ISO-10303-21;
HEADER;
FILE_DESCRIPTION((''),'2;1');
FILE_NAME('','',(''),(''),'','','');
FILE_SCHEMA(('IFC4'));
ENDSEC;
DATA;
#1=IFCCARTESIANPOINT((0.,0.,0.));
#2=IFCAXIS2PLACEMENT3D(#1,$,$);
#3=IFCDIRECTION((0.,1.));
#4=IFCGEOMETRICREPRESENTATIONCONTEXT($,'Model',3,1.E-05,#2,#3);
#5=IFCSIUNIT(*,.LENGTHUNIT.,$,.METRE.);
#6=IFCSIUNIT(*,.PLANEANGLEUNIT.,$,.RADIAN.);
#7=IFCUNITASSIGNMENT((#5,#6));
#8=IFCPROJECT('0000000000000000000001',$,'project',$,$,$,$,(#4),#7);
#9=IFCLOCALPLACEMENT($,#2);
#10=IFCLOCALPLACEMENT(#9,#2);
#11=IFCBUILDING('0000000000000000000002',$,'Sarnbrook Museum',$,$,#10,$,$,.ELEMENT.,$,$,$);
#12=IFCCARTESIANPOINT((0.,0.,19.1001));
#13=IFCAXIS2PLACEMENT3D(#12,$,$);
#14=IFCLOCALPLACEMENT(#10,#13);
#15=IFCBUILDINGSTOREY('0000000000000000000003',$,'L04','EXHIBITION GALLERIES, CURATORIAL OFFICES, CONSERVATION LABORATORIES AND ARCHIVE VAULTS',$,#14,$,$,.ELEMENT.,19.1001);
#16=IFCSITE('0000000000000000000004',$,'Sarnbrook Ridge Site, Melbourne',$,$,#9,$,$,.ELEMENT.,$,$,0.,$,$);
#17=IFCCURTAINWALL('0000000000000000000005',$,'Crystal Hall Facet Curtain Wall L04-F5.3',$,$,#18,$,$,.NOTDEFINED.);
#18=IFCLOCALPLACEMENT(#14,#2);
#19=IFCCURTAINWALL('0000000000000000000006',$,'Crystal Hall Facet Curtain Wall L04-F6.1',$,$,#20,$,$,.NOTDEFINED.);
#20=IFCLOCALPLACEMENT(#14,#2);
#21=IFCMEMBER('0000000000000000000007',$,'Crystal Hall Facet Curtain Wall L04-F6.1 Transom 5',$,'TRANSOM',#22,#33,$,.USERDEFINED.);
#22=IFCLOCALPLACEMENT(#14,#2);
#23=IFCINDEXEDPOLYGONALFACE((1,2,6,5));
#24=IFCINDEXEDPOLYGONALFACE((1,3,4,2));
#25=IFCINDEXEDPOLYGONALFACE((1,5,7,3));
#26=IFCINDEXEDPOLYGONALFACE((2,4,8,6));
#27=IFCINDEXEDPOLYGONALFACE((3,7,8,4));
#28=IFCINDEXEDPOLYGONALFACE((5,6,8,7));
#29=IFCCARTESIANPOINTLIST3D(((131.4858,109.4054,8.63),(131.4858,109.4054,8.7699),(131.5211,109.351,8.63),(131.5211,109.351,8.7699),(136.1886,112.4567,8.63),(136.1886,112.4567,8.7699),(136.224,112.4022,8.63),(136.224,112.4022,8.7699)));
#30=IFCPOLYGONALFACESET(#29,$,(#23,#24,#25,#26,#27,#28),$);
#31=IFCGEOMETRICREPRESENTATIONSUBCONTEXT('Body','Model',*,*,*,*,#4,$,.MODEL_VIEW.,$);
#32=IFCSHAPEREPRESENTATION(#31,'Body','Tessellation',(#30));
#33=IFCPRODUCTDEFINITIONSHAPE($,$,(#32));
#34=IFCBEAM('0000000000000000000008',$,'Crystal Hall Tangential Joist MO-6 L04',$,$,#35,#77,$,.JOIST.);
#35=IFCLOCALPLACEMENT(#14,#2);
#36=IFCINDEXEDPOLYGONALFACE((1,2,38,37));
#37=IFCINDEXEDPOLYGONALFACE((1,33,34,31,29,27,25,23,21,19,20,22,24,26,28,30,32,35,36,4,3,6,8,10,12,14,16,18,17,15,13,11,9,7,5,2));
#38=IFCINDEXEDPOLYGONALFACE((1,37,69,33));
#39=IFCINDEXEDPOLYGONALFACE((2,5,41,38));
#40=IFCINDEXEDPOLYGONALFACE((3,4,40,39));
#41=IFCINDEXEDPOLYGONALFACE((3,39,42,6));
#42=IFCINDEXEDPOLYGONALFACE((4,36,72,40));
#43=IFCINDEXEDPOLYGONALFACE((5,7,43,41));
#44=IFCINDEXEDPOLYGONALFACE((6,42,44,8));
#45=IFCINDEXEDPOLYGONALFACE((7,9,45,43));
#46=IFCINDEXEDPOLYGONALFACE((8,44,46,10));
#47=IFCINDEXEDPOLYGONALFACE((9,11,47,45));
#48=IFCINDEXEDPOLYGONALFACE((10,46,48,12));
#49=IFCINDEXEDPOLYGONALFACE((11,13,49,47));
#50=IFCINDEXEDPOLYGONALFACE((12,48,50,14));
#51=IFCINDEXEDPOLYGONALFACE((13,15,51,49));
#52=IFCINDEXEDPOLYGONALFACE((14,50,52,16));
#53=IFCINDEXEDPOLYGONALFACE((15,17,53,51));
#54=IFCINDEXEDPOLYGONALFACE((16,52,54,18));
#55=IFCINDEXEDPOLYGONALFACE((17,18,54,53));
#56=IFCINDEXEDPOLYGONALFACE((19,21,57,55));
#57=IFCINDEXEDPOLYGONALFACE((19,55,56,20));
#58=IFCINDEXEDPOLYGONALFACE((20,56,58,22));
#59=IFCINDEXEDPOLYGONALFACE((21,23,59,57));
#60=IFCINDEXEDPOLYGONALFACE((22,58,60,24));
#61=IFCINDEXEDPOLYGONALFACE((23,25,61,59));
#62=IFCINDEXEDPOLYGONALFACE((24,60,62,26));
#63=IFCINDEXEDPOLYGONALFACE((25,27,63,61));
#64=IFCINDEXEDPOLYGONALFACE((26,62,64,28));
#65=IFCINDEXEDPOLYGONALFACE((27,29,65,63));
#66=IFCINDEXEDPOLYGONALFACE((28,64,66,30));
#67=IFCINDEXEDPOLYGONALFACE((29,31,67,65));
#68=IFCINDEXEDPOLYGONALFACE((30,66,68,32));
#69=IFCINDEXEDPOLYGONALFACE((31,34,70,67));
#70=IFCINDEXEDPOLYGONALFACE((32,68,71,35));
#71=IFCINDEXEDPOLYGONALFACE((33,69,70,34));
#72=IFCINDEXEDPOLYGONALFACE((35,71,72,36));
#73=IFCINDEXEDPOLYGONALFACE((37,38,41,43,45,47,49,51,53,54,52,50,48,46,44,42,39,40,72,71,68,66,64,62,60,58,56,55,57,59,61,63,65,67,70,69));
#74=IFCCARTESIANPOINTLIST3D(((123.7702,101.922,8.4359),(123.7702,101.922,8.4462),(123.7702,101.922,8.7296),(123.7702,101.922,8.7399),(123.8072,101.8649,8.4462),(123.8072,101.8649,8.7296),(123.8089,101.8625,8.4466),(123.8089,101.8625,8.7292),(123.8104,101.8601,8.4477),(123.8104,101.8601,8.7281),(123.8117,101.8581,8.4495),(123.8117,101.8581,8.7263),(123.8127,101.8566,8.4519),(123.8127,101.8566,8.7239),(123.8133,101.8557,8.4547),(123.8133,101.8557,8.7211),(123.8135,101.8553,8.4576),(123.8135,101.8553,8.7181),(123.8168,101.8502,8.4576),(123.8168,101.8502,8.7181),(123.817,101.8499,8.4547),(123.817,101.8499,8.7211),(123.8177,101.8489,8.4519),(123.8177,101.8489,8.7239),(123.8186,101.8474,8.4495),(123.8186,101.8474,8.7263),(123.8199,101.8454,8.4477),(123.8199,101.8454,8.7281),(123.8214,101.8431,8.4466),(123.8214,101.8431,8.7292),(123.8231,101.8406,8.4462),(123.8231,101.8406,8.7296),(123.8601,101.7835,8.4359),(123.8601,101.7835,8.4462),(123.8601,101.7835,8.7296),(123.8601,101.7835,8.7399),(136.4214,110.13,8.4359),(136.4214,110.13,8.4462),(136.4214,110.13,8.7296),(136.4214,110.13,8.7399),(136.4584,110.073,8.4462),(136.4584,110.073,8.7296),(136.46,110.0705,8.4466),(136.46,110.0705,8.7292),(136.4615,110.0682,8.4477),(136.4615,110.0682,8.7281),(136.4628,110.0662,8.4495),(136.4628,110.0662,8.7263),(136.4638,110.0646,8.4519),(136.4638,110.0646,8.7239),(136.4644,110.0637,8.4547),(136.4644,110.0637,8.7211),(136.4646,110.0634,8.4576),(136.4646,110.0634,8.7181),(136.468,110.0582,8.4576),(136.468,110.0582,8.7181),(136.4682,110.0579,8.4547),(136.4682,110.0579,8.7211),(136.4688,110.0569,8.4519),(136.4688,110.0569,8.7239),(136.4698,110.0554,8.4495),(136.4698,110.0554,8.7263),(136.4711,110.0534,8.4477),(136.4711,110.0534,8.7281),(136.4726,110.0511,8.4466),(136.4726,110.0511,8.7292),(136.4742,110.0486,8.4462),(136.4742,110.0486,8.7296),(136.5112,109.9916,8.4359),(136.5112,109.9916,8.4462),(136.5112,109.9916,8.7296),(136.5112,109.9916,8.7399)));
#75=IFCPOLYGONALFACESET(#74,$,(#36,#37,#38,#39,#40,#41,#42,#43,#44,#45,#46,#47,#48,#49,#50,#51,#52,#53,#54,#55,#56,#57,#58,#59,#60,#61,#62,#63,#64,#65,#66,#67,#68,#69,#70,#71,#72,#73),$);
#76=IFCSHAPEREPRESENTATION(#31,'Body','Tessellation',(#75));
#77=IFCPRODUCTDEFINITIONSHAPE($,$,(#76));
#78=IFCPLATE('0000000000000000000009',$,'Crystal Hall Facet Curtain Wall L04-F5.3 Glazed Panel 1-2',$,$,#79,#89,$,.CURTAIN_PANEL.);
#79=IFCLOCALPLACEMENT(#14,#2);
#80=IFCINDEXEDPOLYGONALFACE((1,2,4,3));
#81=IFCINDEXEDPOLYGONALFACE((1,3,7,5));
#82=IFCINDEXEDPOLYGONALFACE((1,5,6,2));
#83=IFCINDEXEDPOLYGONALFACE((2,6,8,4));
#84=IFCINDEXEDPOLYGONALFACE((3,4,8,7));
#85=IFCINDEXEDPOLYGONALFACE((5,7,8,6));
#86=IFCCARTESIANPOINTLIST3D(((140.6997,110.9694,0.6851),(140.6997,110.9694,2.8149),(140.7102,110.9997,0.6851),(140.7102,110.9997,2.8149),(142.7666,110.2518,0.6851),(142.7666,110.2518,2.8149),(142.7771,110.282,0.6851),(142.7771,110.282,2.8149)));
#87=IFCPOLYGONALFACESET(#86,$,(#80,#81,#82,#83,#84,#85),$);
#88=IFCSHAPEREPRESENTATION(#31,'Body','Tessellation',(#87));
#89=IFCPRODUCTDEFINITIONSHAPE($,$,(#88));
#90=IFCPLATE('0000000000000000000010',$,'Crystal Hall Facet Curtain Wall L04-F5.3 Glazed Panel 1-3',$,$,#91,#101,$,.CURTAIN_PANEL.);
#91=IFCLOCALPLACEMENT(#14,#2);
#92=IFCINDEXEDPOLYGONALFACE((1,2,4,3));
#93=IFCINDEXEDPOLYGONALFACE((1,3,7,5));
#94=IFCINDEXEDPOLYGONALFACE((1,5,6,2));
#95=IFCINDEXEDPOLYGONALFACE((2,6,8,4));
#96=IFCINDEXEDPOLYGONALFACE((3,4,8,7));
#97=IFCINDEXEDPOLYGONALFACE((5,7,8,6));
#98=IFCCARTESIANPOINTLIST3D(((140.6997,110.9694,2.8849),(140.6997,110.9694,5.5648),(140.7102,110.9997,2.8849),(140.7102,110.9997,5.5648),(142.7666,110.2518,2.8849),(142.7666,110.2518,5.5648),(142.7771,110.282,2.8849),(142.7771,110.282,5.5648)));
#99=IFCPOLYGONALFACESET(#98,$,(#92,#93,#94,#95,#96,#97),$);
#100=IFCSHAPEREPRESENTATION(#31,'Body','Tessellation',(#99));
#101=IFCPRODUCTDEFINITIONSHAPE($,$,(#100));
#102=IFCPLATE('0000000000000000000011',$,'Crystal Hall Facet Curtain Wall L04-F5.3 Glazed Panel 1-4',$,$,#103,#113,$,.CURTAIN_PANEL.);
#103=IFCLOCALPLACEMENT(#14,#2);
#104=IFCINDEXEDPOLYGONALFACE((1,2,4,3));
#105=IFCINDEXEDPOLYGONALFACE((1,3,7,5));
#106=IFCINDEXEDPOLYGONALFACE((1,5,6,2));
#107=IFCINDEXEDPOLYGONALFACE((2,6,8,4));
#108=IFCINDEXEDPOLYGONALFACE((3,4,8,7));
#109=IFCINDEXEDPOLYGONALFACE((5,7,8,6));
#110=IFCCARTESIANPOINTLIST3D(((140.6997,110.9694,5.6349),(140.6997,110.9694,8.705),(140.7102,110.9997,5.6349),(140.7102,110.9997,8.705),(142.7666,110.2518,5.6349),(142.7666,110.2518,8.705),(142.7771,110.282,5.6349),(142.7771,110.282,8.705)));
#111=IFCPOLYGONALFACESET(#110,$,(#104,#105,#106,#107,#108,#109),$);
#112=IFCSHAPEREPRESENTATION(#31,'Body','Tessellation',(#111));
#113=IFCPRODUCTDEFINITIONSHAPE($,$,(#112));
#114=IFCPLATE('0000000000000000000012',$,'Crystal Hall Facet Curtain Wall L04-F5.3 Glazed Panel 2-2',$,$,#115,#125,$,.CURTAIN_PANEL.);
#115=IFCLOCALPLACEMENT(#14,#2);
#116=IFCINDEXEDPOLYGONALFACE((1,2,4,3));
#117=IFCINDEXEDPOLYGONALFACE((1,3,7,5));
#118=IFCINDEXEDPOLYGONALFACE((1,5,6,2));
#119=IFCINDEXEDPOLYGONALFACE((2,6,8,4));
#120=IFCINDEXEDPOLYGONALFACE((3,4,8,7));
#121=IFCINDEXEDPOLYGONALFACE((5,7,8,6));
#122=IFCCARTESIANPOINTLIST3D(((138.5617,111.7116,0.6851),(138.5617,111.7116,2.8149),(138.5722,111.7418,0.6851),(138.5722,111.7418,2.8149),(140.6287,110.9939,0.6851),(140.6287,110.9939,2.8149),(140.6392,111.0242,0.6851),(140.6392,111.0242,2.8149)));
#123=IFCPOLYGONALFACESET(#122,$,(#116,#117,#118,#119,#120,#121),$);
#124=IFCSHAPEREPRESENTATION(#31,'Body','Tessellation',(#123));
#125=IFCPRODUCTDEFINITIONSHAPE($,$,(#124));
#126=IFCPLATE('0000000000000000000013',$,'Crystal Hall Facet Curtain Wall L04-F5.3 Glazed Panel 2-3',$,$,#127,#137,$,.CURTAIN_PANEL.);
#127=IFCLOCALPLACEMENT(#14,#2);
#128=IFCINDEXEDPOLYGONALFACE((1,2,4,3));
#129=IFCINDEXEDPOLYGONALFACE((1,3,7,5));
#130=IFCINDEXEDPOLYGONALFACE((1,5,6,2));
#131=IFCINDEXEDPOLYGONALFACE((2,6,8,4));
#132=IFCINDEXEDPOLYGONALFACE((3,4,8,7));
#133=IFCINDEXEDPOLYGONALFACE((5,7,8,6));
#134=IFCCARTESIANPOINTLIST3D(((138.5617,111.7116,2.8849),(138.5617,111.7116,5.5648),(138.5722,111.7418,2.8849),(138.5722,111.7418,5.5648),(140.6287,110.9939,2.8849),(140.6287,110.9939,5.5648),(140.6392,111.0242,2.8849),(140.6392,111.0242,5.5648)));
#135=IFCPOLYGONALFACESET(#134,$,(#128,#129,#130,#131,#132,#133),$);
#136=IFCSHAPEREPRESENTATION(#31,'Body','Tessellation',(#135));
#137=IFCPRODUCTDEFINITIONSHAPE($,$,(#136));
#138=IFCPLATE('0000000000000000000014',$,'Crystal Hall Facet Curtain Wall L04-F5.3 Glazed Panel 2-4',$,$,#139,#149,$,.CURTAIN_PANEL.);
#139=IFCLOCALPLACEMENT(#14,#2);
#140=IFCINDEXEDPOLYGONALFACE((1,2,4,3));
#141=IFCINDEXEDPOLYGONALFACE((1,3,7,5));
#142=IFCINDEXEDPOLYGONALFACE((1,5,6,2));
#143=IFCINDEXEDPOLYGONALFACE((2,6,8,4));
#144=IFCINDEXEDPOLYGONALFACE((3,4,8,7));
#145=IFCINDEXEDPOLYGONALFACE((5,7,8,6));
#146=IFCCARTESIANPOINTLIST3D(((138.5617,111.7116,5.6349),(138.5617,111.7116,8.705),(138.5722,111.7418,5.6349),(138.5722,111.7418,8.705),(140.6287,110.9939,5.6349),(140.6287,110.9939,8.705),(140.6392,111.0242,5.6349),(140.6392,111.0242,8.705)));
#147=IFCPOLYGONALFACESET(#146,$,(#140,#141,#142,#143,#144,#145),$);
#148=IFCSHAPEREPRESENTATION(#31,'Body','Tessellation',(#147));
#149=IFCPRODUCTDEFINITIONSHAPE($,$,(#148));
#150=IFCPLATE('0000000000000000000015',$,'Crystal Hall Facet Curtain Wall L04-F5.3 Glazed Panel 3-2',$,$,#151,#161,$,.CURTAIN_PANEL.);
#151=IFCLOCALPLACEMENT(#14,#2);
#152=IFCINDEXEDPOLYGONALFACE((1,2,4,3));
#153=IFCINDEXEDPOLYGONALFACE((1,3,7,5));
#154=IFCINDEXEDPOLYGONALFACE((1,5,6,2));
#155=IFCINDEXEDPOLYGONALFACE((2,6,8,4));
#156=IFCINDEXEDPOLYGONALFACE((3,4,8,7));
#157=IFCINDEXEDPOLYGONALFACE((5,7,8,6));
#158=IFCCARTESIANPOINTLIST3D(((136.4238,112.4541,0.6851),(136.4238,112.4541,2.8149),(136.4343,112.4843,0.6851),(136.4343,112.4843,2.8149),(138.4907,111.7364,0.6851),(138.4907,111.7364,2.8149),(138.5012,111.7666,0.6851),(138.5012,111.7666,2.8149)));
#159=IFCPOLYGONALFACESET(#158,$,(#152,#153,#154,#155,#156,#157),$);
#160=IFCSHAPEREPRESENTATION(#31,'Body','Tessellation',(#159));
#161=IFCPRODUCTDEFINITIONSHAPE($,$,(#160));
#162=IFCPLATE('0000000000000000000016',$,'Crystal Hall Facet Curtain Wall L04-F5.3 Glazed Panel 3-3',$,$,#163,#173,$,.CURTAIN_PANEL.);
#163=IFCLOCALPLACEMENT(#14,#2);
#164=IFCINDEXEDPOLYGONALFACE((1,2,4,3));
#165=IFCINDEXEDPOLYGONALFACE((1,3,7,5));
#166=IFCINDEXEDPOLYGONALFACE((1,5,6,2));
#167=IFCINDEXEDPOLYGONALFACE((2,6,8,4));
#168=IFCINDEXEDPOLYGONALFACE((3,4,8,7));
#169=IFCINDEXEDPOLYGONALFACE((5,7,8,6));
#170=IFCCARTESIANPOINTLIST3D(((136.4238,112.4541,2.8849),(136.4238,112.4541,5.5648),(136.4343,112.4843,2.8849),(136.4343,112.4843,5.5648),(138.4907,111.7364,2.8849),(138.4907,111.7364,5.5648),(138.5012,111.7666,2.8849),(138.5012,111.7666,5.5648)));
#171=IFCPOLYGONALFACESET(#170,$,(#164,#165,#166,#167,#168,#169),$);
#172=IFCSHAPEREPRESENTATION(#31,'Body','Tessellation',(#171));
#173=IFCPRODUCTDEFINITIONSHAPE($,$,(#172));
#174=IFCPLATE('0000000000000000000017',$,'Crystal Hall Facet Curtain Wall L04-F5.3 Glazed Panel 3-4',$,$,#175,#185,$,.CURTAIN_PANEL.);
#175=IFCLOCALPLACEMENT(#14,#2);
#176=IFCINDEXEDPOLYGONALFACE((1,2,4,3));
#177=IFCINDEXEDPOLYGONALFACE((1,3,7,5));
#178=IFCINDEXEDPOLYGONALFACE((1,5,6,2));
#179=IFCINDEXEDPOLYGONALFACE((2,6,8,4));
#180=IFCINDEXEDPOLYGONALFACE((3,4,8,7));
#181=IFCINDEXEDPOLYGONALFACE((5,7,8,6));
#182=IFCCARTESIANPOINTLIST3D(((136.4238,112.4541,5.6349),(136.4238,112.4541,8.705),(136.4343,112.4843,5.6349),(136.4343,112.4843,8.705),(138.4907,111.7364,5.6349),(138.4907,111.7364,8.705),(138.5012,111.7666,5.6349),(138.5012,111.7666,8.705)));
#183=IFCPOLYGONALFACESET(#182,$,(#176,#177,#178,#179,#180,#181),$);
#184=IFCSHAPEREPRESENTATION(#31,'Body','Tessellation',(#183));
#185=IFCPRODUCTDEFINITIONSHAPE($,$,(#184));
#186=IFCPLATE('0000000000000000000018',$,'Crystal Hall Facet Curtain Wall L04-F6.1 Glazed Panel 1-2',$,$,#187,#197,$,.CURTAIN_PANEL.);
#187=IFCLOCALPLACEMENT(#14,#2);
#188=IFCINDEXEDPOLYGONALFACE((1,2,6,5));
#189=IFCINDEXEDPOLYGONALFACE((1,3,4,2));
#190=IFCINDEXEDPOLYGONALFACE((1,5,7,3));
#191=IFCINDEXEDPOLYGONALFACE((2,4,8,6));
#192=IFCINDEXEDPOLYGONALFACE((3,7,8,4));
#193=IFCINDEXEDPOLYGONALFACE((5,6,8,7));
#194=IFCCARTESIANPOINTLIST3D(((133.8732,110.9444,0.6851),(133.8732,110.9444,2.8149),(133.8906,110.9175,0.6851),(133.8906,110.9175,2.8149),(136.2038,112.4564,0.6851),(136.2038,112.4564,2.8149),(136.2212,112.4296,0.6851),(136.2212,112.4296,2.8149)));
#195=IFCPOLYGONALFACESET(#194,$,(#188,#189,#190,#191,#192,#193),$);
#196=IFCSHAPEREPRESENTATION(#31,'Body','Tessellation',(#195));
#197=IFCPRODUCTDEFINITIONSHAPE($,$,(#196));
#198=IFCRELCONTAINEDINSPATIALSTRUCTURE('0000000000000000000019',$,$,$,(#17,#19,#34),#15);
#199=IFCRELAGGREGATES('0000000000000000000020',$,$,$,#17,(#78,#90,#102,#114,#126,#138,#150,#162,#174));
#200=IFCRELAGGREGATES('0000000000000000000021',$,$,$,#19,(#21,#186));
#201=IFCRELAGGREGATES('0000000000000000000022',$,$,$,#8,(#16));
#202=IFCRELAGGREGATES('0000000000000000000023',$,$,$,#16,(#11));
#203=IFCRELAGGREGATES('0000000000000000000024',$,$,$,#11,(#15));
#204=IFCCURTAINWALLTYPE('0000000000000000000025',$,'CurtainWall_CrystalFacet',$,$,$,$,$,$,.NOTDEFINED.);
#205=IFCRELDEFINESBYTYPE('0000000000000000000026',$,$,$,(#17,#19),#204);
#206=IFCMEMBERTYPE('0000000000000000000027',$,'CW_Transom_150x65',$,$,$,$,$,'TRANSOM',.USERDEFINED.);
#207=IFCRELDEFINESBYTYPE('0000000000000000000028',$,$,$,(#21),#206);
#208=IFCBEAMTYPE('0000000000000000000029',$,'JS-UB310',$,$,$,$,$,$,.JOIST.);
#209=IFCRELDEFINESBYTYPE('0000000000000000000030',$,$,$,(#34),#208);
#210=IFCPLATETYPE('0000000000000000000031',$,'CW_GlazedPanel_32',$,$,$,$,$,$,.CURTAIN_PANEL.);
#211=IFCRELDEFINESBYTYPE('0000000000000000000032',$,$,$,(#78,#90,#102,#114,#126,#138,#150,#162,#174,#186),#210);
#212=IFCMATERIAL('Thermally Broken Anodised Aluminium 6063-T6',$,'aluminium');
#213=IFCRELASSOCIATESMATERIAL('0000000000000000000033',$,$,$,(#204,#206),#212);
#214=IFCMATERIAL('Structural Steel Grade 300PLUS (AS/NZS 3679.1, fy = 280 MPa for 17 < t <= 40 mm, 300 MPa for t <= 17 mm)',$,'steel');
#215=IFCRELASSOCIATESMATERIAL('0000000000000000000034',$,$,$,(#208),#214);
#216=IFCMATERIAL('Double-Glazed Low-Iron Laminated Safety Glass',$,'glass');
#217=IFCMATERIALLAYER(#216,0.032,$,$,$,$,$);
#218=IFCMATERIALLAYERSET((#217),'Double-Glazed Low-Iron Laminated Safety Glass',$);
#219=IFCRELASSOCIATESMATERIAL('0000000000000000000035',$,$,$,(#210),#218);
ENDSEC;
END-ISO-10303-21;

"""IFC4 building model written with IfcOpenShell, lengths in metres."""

from ifc_helpers import new_model, si_unit, direction, frame, origin, origin_2d, place, context, subcontext, project, spatial, rectangle, i_section, extrude, material, layer, layer_set, material_profile, profile_set, type_object, element, aggregate, save


model = new_model("IFC4")

# Units and contexts
model_context = context("Model", 3, precision=1e-05, world=origin(), true_north=direction((0.0, 1.0)))
body_context = subcontext(model_context, "Body", "Model", "MODEL_VIEW")
ifc_project = project(units=[si_unit("LENGTHUNIT", "METRE"), si_unit("PLANEANGLEUNIT", "RADIAN")], contexts=[model_context])

# Site, building, storey
site_placement = place(None, origin())
site = spatial("IfcSite", under=ifc_project, at=site_placement, Name="Sarnbrook Ridge Site, Melbourne", CompositionType="ELEMENT", RefElevation=0.0)
building_placement = place(site_placement, origin())
building = spatial("IfcBuilding", under=site, at=building_placement, Name="Sarnbrook Museum", CompositionType="ELEMENT")
storey_placement = place(building_placement, frame((0.0, 0.0, 19.1001)))
storey = spatial("IfcBuildingStorey", under=building, at=storey_placement, Name="L04", Description="EXHIBITION GALLERIES, CURATORIAL OFFICES, CONSERVATION LABORATORIES AND ARCHIVE VAULTS", CompositionType="ELEMENT", Elevation=19.1001)

# Curtain walls
ifc_material_1 = material(Name="Thermally Broken Anodised Aluminium 6063-T6", Category="aluminium")
curtain_wall_type = type_object("IfcCurtainWallType", Name="CurtainWall_CrystalFacet", PredefinedType="NOTDEFINED", material=ifc_material_1)
curtain_wall_1_placement = place(storey_placement, origin())
curtain_wall_1 = element("IfcCurtainWall", 1, at=curtain_wall_1_placement, inside=storey, type_object=curtain_wall_type, Name="Crystal Hall Facet Curtain Wall L04-F5.3", PredefinedType="NOTDEFINED")
curtain_wall_2_placement = place(storey_placement, origin())
curtain_wall_2 = element("IfcCurtainWall", 2, at=curtain_wall_2_placement, inside=storey, type_object=curtain_wall_type, Name="Crystal Hall Facet Curtain Wall L04-F6.1", PredefinedType="NOTDEFINED")

# Member
ifc_material_profile_1 = material_profile(ifc_material_1, rectangle(XDim=0.0649, YDim=0.1399, at=origin_2d()), Name="ALU TRANSOM 65x140")
ifc_profile_set_1 = profile_set([ifc_material_profile_1], Name="Thermally Broken Anodised Aluminium 6063-T6")
member_type_1 = type_object("IfcMemberType", Name="CW_Transom_150x65", ElementType="TRANSOM", PredefinedType="USERDEFINED", material=ifc_profile_set_1)
member_1_placement = place(storey_placement, frame((136.2063, 112.4294, 8.7), z_axis=(-0.8389, -0.544286, 0.0), x_axis=(0.544286, -0.8389, 0.0)))
member_1 = element("IfcMember", 3, at=member_1_placement, type_object=member_type_1, Name="Crystal Hall Facet Curtain Wall L04-F6.1 Transom 5", ObjectType="TRANSOM", PredefinedType="USERDEFINED", context=body_context, shape_type="SweptSolid", body=[
    extrude(rectangle(XDim=0.0649, YDim=0.1399, at=origin_2d()), origin(), (0.0, 0.0, 1.0), 5.606),
])

# Beam
ifc_material_2 = material(Name="Structural Steel Grade 300PLUS (AS/NZS 3679.1, fy = 280 MPa for 17 < t <= 40 mm, 300 MPa for t <= 17 mm)", Category="steel")
ifc_material_profile_2 = material_profile(ifc_material_2, i_section(OverallWidth=0.165, OverallDepth=0.304, WebThickness=0.0061, FlangeThickness=0.0103, FilletRadius=0.0115, at=origin_2d()), Name="310UB40.4")
ifc_profile_set_2 = profile_set([ifc_material_profile_2], Name="Structural Steel Grade 300PLUS (AS/NZS 3679.1, fy = 280 MPa for 17 < t <= 40 mm, 300 MPa for t <= 17 mm)")
beam_type_1 = type_object("IfcBeamType", Name="JS-UB310", PredefinedType="JOIST", material=ifc_profile_set_2)
beam_1_placement = place(storey_placement, frame((136.4663, 110.0608, 8.5879), z_axis=(-0.838905, -0.544279, 0.0), x_axis=(0.544279, -0.838905, 0.0)))
element("IfcBeam", 4, at=beam_1_placement, inside=storey, type_object=beam_type_1, Name="Crystal Hall Tangential Joist MO-6 L04", PredefinedType="JOIST", context=body_context, shape_type="SweptSolid", body=[
    extrude(i_section(OverallWidth=0.165, OverallDepth=0.304, WebThickness=0.0061, FlangeThickness=0.0103, FilletRadius=0.0115, at=origin_2d()), origin(), (0.0, 0.0, 1.0), 15.0806),
])

# Plates
ifc_material_3 = material(Name="Double-Glazed Low-Iron Laminated Safety Glass", Category="glass")
ifc_layer_1 = layer(ifc_material_3, 0.032)
ifc_layer_set_1 = layer_set([ifc_layer_1], Name="Double-Glazed Low-Iron Laminated Safety Glass")
plate_type_1 = type_object("IfcPlateType", Name="CW_GlazedPanel_32", PredefinedType="CURTAIN_PANEL", material=ifc_layer_set_1)
plate_1_placement = place(storey_placement, frame((141.7332, 110.6106, 1.75), z_axis=(0.328013, 0.944673, 0.0), x_axis=(-0.944673, 0.328013, 0.0)))
plate_1 = element("IfcPlate", 5, at=plate_1_placement, type_object=plate_type_1, Name="Crystal Hall Facet Curtain Wall L04-F5.3 Glazed Panel 1-2", PredefinedType="CURTAIN_PANEL", context=body_context, shape_type="SweptSolid", body=[
    extrude(rectangle(XDim=2.188, YDim=2.1299, at=origin_2d()), origin(), (0.0, 0.0, 1.0), 0.032),
])
plate_2_placement = place(storey_placement, frame((141.7332, 110.6106, 4.2249), z_axis=(0.328013, 0.944673, 0.0), x_axis=(-0.944673, 0.328013, 0.0)))
plate_2 = element("IfcPlate", 6, at=plate_2_placement, type_object=plate_type_1, Name="Crystal Hall Facet Curtain Wall L04-F5.3 Glazed Panel 1-3", PredefinedType="CURTAIN_PANEL", context=body_context, shape_type="SweptSolid", body=[
    extrude(rectangle(XDim=2.188, YDim=2.6799, at=origin_2d()), origin(), (0.0, 0.0, 1.0), 0.032),
])
plate_3_placement = place(storey_placement, frame((141.7332, 110.6106, 7.1699), z_axis=(0.328013, 0.944673, 0.0), x_axis=(-0.944673, 0.328013, 0.0)))
plate_3 = element("IfcPlate", 7, at=plate_3_placement, type_object=plate_type_1, Name="Crystal Hall Facet Curtain Wall L04-F5.3 Glazed Panel 1-4", PredefinedType="CURTAIN_PANEL", context=body_context, shape_type="SweptSolid", body=[
    extrude(rectangle(XDim=2.188, YDim=3.0701, at=origin_2d()), origin(), (0.0, 0.0, 1.0), 0.032),
])
plate_4_placement = place(storey_placement, frame((139.5952, 111.3528, 1.75), z_axis=(0.328013, 0.944673, 0.0), x_axis=(-0.944673, 0.328013, 0.0)))
plate_4 = element("IfcPlate", 8, at=plate_4_placement, type_object=plate_type_1, Name="Crystal Hall Facet Curtain Wall L04-F5.3 Glazed Panel 2-2", PredefinedType="CURTAIN_PANEL", context=body_context, shape_type="SweptSolid", body=[
    extrude(rectangle(XDim=2.188, YDim=2.1299, at=origin_2d()), origin(), (0.0, 0.0, 1.0), 0.032),
])
plate_5_placement = place(storey_placement, frame((139.5952, 111.3528, 4.2249), z_axis=(0.328013, 0.944673, 0.0), x_axis=(-0.944673, 0.328013, 0.0)))
plate_5 = element("IfcPlate", 9, at=plate_5_placement, type_object=plate_type_1, Name="Crystal Hall Facet Curtain Wall L04-F5.3 Glazed Panel 2-3", PredefinedType="CURTAIN_PANEL", context=body_context, shape_type="SweptSolid", body=[
    extrude(rectangle(XDim=2.188, YDim=2.6799, at=origin_2d()), origin(), (0.0, 0.0, 1.0), 0.032),
])
plate_6_placement = place(storey_placement, frame((139.5952, 111.3528, 7.1699), z_axis=(0.328013, 0.944673, 0.0), x_axis=(-0.944673, 0.328013, 0.0)))
plate_6 = element("IfcPlate", 10, at=plate_6_placement, type_object=plate_type_1, Name="Crystal Hall Facet Curtain Wall L04-F5.3 Glazed Panel 2-4", PredefinedType="CURTAIN_PANEL", context=body_context, shape_type="SweptSolid", body=[
    extrude(rectangle(XDim=2.188, YDim=3.0701, at=origin_2d()), origin(), (0.0, 0.0, 1.0), 0.032),
])
plate_7_placement = place(storey_placement, frame((137.4573, 112.0952, 1.75), z_axis=(0.328013, 0.944673, 0.0), x_axis=(-0.944673, 0.328013, 0.0)))
plate_7 = element("IfcPlate", 11, at=plate_7_placement, type_object=plate_type_1, Name="Crystal Hall Facet Curtain Wall L04-F5.3 Glazed Panel 3-2", PredefinedType="CURTAIN_PANEL", context=body_context, shape_type="SweptSolid", body=[
    extrude(rectangle(XDim=2.188, YDim=2.1299, at=origin_2d()), origin(), (0.0, 0.0, 1.0), 0.032),
])
plate_8_placement = place(storey_placement, frame((137.4573, 112.0952, 4.2249), z_axis=(0.328013, 0.944673, 0.0), x_axis=(-0.944673, 0.328013, 0.0)))
plate_8 = element("IfcPlate", 12, at=plate_8_placement, type_object=plate_type_1, Name="Crystal Hall Facet Curtain Wall L04-F5.3 Glazed Panel 3-3", PredefinedType="CURTAIN_PANEL", context=body_context, shape_type="SweptSolid", body=[
    extrude(rectangle(XDim=2.188, YDim=2.6799, at=origin_2d()), origin(), (0.0, 0.0, 1.0), 0.032),
])
plate_9_placement = place(storey_placement, frame((137.4573, 112.0952, 7.1699), z_axis=(0.328013, 0.944673, 0.0), x_axis=(-0.944673, 0.328013, 0.0)))
plate_9 = element("IfcPlate", 13, at=plate_9_placement, type_object=plate_type_1, Name="Crystal Hall Facet Curtain Wall L04-F5.3 Glazed Panel 3-4", PredefinedType="CURTAIN_PANEL", context=body_context, shape_type="SweptSolid", body=[
    extrude(rectangle(XDim=2.188, YDim=3.0701, at=origin_2d()), origin(), (0.0, 0.0, 1.0), 0.032),
])
plate_10_placement = place(storey_placement, frame((135.0559, 111.6736, 1.75), z_axis=(-0.544287, 0.838899, 0.0), x_axis=(-0.838899, -0.544287, 0.0)))
plate_10 = element("IfcPlate", 14, at=plate_10_placement, type_object=plate_type_1, Name="Crystal Hall Facet Curtain Wall L04-F6.1 Glazed Panel 1-2", PredefinedType="CURTAIN_PANEL", context=body_context, shape_type="SweptSolid", body=[
    extrude(rectangle(XDim=2.7781, YDim=2.1299, at=origin_2d()), origin(), (0.0, 0.0, 1.0), 0.032),
])
aggregate(curtain_wall_1, [plate_1, plate_2, plate_3, plate_4, plate_5, plate_6, plate_7, plate_8, plate_9])
aggregate(curtain_wall_2, [member_1, plate_10])

save(model, "model.ifc")
